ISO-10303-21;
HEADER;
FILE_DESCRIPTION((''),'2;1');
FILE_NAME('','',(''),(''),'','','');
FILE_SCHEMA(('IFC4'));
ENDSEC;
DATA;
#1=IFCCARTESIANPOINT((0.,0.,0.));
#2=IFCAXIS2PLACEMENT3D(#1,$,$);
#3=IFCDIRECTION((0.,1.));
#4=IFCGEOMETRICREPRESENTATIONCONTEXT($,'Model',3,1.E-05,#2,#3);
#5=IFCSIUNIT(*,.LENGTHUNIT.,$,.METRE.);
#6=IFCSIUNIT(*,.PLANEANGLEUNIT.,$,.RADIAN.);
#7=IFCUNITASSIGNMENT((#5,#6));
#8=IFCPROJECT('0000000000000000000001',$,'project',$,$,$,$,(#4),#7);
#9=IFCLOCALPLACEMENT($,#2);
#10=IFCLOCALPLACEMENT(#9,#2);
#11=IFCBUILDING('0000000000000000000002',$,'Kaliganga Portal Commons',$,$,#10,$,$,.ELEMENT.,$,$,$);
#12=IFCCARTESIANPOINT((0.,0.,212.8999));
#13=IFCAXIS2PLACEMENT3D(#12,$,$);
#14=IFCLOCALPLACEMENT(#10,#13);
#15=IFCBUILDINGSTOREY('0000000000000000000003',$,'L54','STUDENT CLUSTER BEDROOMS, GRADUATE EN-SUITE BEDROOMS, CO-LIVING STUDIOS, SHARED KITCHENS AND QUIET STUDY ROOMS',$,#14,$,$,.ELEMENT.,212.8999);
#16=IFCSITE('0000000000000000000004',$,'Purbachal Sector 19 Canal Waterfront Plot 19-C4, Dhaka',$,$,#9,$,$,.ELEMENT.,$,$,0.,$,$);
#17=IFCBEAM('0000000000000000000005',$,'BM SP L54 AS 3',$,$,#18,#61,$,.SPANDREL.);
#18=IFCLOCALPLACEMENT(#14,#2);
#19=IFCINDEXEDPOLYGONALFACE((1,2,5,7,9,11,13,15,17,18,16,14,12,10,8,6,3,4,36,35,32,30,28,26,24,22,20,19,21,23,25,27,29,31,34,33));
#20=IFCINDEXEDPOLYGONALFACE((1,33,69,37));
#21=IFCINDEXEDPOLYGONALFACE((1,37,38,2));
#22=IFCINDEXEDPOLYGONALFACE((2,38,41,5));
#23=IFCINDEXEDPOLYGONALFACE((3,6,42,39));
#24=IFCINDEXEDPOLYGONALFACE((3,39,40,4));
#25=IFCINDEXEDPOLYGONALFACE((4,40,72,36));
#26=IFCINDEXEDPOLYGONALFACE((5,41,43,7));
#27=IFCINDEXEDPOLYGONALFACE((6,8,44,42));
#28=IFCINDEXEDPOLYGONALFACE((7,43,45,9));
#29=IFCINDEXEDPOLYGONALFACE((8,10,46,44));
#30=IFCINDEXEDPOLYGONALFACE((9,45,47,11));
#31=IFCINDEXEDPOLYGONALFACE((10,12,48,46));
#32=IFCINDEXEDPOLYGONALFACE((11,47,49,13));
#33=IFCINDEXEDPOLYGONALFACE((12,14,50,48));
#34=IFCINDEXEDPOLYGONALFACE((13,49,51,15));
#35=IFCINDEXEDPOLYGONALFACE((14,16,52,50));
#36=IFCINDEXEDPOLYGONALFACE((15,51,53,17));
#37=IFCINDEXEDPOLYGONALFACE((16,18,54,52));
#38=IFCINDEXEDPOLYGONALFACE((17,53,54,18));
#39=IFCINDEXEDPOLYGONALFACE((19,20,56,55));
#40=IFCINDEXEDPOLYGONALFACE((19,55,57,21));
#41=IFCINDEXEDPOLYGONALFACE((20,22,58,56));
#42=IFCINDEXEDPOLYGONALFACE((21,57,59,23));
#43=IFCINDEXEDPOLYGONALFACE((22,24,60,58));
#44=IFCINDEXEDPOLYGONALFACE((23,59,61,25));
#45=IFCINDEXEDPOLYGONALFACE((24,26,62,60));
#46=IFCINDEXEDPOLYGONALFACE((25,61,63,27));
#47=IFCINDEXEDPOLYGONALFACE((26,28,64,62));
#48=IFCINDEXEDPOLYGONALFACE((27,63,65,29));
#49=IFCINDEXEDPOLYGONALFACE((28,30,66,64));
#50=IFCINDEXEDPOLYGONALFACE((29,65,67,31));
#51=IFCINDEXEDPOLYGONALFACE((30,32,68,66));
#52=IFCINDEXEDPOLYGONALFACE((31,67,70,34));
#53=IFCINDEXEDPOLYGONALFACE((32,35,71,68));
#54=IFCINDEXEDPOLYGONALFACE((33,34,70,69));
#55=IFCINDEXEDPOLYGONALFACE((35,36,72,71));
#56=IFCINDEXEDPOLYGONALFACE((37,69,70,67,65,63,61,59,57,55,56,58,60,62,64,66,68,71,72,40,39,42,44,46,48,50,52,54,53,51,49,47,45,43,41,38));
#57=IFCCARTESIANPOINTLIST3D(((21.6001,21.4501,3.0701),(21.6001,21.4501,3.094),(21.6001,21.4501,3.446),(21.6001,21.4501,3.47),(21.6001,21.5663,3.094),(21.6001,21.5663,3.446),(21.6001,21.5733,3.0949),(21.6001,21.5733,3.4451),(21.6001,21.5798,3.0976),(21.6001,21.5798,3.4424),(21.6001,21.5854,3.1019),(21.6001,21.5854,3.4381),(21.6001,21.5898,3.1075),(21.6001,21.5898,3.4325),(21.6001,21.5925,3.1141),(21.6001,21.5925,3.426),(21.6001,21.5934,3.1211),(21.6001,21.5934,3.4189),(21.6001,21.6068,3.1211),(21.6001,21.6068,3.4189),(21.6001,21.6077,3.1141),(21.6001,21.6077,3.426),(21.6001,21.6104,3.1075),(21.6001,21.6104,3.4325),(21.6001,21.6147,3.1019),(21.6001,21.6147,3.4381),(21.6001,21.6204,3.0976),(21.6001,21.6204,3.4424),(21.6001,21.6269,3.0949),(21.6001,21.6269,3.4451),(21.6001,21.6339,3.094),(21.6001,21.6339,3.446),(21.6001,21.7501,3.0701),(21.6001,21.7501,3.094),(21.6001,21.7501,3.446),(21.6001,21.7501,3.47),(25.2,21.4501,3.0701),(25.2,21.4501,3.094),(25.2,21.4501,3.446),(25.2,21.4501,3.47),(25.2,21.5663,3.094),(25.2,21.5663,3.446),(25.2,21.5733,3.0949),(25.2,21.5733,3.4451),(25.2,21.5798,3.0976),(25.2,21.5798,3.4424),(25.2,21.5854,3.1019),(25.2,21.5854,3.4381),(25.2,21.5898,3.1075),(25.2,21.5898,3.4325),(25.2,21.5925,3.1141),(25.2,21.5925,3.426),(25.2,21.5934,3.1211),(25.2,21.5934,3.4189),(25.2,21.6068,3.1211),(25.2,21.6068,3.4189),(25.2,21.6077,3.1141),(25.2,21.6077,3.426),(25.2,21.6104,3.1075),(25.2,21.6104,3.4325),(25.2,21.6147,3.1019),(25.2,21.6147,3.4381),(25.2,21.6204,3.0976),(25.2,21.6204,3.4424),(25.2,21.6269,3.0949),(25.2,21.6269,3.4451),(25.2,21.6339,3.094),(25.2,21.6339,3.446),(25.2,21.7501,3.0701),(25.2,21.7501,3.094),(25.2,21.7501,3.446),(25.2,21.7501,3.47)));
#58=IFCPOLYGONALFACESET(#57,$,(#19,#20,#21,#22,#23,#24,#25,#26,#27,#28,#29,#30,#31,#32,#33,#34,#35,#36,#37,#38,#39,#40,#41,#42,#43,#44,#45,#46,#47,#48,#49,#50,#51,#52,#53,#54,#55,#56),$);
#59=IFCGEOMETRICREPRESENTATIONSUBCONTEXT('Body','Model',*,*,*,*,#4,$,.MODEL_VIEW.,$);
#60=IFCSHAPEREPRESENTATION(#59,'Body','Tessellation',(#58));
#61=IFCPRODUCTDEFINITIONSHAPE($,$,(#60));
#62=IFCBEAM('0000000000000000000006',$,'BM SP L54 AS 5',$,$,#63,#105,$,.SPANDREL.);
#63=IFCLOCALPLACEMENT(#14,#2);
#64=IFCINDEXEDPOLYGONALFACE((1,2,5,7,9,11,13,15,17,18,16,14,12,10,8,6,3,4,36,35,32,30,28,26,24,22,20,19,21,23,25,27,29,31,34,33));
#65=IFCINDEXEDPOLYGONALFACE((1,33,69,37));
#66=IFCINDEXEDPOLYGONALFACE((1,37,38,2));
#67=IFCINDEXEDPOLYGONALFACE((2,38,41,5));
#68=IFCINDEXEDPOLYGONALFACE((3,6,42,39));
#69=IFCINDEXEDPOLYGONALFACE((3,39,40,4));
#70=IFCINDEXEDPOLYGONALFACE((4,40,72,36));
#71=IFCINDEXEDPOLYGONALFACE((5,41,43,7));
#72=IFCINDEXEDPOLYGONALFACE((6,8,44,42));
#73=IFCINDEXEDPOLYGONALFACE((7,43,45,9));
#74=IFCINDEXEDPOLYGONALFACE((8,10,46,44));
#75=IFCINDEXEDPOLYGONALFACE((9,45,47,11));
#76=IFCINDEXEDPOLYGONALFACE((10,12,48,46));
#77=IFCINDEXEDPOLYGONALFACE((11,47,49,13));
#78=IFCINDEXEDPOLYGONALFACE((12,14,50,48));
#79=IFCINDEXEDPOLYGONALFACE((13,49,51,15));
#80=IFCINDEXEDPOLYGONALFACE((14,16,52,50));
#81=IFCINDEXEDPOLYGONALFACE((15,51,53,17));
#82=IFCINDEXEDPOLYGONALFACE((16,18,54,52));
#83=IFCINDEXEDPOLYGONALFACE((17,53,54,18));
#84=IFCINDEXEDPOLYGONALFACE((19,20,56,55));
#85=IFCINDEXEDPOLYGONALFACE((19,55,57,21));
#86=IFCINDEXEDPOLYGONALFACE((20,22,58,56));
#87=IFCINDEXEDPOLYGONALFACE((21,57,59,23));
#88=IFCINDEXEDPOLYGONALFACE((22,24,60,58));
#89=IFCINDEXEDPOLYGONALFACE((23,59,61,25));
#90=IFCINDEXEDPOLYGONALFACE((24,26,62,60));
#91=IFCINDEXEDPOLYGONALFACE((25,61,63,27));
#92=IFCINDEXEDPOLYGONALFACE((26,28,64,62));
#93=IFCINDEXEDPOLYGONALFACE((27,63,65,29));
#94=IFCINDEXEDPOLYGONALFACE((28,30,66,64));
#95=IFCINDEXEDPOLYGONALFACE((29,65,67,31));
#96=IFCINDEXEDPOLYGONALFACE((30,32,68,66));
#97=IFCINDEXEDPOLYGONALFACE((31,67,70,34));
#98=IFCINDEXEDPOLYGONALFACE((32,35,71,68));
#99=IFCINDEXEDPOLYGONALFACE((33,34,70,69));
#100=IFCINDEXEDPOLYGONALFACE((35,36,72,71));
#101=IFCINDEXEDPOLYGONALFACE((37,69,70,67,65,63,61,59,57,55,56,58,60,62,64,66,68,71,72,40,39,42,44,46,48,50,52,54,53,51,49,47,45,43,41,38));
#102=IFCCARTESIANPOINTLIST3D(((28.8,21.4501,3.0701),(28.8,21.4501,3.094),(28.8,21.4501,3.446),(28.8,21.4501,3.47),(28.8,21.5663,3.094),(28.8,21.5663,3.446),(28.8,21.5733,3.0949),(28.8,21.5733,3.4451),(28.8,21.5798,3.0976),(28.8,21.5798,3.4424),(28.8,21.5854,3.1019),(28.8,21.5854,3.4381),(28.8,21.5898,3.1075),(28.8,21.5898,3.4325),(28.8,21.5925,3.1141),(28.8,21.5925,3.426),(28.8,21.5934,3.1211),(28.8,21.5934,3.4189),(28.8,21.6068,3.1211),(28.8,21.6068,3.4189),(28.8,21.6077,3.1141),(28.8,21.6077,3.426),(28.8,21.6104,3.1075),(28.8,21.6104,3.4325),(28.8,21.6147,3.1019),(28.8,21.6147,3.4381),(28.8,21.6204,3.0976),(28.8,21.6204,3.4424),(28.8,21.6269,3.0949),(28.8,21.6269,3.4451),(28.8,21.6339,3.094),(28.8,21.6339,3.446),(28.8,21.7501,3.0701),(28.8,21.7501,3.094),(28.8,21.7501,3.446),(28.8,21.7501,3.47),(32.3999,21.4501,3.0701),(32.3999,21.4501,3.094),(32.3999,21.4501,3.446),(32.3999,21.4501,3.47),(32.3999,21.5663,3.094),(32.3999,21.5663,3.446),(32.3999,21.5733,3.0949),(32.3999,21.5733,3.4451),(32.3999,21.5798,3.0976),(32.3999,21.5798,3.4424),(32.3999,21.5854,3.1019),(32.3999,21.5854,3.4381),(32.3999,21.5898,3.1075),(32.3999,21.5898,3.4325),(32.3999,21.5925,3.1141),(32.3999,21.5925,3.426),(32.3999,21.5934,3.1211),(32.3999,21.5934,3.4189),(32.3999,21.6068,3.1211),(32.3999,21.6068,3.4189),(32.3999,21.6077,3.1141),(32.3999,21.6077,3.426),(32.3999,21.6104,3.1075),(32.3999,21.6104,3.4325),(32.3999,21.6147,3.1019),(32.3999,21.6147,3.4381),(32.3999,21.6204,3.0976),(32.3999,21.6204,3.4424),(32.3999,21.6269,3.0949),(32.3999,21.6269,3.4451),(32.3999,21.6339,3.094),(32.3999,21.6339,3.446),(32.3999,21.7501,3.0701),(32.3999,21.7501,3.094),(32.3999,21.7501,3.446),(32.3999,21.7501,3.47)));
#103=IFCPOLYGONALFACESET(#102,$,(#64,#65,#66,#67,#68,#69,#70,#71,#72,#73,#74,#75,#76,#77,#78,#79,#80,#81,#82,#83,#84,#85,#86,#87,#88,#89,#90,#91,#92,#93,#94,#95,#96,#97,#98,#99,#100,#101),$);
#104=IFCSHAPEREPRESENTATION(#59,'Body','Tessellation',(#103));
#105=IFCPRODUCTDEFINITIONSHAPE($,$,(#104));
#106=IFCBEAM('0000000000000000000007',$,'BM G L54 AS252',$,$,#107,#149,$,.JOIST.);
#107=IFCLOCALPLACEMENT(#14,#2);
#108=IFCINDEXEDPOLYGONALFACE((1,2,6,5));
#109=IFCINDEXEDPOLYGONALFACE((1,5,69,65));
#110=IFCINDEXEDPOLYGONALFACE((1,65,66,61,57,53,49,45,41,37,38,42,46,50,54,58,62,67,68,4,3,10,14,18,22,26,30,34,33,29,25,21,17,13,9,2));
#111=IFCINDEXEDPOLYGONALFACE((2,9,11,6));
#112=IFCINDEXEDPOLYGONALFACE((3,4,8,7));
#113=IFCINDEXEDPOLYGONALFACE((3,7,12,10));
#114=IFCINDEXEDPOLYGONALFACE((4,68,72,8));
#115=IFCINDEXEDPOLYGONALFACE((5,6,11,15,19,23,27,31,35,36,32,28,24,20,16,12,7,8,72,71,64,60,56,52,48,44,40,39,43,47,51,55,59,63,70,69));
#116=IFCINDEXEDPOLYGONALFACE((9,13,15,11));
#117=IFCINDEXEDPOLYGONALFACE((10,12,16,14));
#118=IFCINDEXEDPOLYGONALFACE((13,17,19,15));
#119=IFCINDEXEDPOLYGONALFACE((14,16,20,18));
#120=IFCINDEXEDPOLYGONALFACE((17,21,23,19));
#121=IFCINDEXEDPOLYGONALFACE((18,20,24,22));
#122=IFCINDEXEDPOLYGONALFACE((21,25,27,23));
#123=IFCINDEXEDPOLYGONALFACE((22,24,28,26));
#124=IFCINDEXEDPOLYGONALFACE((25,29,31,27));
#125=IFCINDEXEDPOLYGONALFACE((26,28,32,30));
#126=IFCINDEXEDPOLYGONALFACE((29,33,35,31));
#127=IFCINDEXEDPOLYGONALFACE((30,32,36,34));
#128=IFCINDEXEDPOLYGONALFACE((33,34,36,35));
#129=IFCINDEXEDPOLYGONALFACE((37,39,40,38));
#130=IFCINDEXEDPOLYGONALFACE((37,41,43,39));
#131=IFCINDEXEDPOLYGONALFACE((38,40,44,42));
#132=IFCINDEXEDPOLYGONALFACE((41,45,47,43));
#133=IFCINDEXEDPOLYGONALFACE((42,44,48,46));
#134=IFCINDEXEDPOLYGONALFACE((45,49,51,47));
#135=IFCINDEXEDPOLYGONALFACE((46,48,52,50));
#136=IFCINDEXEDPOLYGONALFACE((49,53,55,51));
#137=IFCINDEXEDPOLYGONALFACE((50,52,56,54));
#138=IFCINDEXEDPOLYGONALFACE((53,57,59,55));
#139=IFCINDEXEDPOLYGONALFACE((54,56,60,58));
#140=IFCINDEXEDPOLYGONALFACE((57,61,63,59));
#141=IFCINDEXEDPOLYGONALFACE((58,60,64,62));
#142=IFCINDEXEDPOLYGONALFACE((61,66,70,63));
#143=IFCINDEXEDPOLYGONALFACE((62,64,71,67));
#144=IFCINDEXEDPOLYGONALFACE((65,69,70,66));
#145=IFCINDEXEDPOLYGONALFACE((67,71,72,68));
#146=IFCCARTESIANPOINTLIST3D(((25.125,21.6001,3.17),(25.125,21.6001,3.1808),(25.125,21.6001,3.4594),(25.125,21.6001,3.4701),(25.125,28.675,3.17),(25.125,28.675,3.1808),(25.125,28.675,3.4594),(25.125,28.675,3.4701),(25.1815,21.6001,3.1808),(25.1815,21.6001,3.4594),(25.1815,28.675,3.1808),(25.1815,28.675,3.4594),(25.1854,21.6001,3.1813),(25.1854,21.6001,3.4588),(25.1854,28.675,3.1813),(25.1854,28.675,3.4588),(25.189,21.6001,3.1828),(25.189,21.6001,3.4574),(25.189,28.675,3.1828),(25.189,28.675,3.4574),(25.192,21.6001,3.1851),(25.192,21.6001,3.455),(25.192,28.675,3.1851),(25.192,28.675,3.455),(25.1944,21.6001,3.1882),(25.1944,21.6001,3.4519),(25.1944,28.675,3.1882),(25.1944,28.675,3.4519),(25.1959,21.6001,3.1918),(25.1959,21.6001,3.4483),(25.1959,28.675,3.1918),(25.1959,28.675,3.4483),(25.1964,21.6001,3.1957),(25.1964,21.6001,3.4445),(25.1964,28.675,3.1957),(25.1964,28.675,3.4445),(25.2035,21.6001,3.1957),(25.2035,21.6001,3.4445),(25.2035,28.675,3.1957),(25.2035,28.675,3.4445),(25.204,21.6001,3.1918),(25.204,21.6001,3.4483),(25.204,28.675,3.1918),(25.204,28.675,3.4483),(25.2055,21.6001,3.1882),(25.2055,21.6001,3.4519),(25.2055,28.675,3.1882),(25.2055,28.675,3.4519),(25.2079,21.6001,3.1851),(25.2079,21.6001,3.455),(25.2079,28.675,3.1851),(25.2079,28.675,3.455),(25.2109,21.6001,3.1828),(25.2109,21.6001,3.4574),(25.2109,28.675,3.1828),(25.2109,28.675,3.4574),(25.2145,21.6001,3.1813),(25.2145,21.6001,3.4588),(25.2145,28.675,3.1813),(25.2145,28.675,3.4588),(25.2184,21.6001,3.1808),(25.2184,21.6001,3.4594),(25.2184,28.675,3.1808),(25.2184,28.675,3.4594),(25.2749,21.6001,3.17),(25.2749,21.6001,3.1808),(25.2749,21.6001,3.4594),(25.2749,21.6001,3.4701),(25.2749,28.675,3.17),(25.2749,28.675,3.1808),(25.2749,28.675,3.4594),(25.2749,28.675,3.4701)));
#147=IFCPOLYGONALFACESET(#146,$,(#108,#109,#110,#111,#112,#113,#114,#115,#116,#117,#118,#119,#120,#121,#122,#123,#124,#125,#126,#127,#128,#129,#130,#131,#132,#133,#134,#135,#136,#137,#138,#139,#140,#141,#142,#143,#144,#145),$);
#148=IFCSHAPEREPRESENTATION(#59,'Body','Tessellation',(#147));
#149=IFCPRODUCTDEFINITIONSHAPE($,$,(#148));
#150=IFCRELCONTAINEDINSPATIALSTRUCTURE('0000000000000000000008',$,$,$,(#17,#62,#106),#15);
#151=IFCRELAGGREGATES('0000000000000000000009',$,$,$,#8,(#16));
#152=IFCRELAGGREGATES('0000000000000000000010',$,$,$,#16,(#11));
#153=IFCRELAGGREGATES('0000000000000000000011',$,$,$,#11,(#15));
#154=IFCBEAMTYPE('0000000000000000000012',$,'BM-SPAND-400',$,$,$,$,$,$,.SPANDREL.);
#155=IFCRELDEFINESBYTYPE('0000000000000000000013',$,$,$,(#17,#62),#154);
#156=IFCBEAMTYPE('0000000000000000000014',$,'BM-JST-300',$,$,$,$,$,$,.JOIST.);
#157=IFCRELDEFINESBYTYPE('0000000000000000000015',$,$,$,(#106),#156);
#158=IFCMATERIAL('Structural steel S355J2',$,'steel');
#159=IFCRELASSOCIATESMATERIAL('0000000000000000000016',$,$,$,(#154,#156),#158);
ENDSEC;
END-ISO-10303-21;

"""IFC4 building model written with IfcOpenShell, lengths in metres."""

from ifc_helpers import new_model, si_unit, direction, frame, origin, origin_2d, place, context, subcontext, project, spatial, i_section, extrude, source, transform, mapped, material, material_profile, profile_set, type_object, element, save


model = new_model("IFC4")

# Units and contexts
model_context = context("Model", 3, precision=1e-05, world=origin(), true_north=direction((0.0, 1.0)))
body_context = subcontext(model_context, "Body", "Model", "MODEL_VIEW")
ifc_project = project(units=[si_unit("LENGTHUNIT", "METRE"), si_unit("PLANEANGLEUNIT", "RADIAN")], contexts=[model_context])

# Site, building, storey
site_placement = place(None, origin())
site = spatial("IfcSite", under=ifc_project, at=site_placement, Name="Purbachal Sector 19 Canal Waterfront Plot 19-C4, Dhaka", CompositionType="ELEMENT", RefElevation=0.0)
building_placement = place(site_placement, origin())
building = spatial("IfcBuilding", under=site, at=building_placement, Name="Kaliganga Portal Commons", CompositionType="ELEMENT")
storey_placement = place(building_placement, frame((0.0, 0.0, 212.8999)))
storey = spatial("IfcBuildingStorey", under=building, at=storey_placement, Name="L54", Description="STUDENT CLUSTER BEDROOMS, GRADUATE EN-SUITE BEDROOMS, CO-LIVING STUDIOS, SHARED KITCHENS AND QUIET STUDY ROOMS", CompositionType="ELEMENT", Elevation=212.8999)

# Shared definitions
ifc_material_1 = material(Name="Structural steel S355J2", Category="steel")

# Beams
ifc_material_profile_1 = material_profile(ifc_material_1, i_section(OverallWidth=0.3, OverallDepth=0.3999, WebThickness=0.0134, FlangeThickness=0.0239, FilletRadius=0.0271, at=origin_2d()), Name="HE 400 B")
ifc_profile_set_1 = profile_set([ifc_material_profile_1], Name="Structural steel S355J2 wide-flange")
beam_type_1 = type_object("IfcBeamType", Name="BM-SPAND-400", PredefinedType="SPANDREL", material=ifc_profile_set_1)
shared_shape_1 = source(origin(), body_context, "Body", "SweptSolid", [
    extrude(i_section(OverallWidth=0.3, OverallDepth=0.3999, WebThickness=0.0134, FlangeThickness=0.0239, FilletRadius=0.0271, at=origin_2d()), origin(), (0.0, 0.0, 1.0), 3.5999),
])
for number, where, z_axis, x_axis, name in (
    (1, (21.6001, 21.6001, 3.27), (1.0, 0.0, 0.0), (0.0, 1.0, 0.0), "BM SP L54 AS 3"),
    (2, (28.8, 21.6001, 3.27), (1.0, 0.0, 0.0), (0.0, 1.0, 0.0), "BM SP L54 AS 5"),
):
    element("IfcBeam", number, at=place(storey_placement, frame(where, z_axis=z_axis, x_axis=x_axis)), inside=storey, type_object=beam_type_1, Name=name, PredefinedType="SPANDREL", context=body_context, shape_type="MappedRepresentation", body=[
        mapped(shared_shape_1, transform((0.0, 0.0, 0.0), x_axis=(1.0, 0.0, 0.0), y_axis=(0.0, 1.0, 0.0), z_axis=(0.0, 0.0, 1.0), scale=1.0)),
    ])
ifc_material_profile_2 = material_profile(ifc_material_1, i_section(OverallWidth=0.1499, OverallDepth=0.3, WebThickness=0.0071, FlangeThickness=0.0107, FilletRadius=0.0149, at=origin_2d()), Name="IPE 300")
ifc_profile_set_2 = profile_set([ifc_material_profile_2], Name="Structural steel S355J2 wide-flange")
beam_type_2 = type_object("IfcBeamType", Name="BM-JST-300", PredefinedType="JOIST", material=ifc_profile_set_2)
shared_shape_2 = source(origin(), body_context, "Body", "SweptSolid", [
    extrude(i_section(OverallWidth=0.1499, OverallDepth=0.3, WebThickness=0.0071, FlangeThickness=0.0107, FilletRadius=0.0149, at=origin_2d()), origin(), (0.0, 0.0, 1.0), 7.075),
])
beam_1_placement = place(storey_placement, frame((25.2, 21.6001, 3.3201), z_axis=(0.0, 1.0, 0.0), x_axis=(-1.0, 0.0, 0.0)))
element("IfcBeam", 3, at=beam_1_placement, inside=storey, type_object=beam_type_2, Name="BM G L54 AS252", PredefinedType="JOIST", context=body_context, shape_type="MappedRepresentation", body=[
    mapped(shared_shape_2, transform((0.0, 0.0, 0.0), x_axis=(1.0, 0.0, 0.0), y_axis=(0.0, 1.0, 0.0), z_axis=(0.0, 0.0, 1.0), scale=1.0)),
])

save(model, "model.ifc")
